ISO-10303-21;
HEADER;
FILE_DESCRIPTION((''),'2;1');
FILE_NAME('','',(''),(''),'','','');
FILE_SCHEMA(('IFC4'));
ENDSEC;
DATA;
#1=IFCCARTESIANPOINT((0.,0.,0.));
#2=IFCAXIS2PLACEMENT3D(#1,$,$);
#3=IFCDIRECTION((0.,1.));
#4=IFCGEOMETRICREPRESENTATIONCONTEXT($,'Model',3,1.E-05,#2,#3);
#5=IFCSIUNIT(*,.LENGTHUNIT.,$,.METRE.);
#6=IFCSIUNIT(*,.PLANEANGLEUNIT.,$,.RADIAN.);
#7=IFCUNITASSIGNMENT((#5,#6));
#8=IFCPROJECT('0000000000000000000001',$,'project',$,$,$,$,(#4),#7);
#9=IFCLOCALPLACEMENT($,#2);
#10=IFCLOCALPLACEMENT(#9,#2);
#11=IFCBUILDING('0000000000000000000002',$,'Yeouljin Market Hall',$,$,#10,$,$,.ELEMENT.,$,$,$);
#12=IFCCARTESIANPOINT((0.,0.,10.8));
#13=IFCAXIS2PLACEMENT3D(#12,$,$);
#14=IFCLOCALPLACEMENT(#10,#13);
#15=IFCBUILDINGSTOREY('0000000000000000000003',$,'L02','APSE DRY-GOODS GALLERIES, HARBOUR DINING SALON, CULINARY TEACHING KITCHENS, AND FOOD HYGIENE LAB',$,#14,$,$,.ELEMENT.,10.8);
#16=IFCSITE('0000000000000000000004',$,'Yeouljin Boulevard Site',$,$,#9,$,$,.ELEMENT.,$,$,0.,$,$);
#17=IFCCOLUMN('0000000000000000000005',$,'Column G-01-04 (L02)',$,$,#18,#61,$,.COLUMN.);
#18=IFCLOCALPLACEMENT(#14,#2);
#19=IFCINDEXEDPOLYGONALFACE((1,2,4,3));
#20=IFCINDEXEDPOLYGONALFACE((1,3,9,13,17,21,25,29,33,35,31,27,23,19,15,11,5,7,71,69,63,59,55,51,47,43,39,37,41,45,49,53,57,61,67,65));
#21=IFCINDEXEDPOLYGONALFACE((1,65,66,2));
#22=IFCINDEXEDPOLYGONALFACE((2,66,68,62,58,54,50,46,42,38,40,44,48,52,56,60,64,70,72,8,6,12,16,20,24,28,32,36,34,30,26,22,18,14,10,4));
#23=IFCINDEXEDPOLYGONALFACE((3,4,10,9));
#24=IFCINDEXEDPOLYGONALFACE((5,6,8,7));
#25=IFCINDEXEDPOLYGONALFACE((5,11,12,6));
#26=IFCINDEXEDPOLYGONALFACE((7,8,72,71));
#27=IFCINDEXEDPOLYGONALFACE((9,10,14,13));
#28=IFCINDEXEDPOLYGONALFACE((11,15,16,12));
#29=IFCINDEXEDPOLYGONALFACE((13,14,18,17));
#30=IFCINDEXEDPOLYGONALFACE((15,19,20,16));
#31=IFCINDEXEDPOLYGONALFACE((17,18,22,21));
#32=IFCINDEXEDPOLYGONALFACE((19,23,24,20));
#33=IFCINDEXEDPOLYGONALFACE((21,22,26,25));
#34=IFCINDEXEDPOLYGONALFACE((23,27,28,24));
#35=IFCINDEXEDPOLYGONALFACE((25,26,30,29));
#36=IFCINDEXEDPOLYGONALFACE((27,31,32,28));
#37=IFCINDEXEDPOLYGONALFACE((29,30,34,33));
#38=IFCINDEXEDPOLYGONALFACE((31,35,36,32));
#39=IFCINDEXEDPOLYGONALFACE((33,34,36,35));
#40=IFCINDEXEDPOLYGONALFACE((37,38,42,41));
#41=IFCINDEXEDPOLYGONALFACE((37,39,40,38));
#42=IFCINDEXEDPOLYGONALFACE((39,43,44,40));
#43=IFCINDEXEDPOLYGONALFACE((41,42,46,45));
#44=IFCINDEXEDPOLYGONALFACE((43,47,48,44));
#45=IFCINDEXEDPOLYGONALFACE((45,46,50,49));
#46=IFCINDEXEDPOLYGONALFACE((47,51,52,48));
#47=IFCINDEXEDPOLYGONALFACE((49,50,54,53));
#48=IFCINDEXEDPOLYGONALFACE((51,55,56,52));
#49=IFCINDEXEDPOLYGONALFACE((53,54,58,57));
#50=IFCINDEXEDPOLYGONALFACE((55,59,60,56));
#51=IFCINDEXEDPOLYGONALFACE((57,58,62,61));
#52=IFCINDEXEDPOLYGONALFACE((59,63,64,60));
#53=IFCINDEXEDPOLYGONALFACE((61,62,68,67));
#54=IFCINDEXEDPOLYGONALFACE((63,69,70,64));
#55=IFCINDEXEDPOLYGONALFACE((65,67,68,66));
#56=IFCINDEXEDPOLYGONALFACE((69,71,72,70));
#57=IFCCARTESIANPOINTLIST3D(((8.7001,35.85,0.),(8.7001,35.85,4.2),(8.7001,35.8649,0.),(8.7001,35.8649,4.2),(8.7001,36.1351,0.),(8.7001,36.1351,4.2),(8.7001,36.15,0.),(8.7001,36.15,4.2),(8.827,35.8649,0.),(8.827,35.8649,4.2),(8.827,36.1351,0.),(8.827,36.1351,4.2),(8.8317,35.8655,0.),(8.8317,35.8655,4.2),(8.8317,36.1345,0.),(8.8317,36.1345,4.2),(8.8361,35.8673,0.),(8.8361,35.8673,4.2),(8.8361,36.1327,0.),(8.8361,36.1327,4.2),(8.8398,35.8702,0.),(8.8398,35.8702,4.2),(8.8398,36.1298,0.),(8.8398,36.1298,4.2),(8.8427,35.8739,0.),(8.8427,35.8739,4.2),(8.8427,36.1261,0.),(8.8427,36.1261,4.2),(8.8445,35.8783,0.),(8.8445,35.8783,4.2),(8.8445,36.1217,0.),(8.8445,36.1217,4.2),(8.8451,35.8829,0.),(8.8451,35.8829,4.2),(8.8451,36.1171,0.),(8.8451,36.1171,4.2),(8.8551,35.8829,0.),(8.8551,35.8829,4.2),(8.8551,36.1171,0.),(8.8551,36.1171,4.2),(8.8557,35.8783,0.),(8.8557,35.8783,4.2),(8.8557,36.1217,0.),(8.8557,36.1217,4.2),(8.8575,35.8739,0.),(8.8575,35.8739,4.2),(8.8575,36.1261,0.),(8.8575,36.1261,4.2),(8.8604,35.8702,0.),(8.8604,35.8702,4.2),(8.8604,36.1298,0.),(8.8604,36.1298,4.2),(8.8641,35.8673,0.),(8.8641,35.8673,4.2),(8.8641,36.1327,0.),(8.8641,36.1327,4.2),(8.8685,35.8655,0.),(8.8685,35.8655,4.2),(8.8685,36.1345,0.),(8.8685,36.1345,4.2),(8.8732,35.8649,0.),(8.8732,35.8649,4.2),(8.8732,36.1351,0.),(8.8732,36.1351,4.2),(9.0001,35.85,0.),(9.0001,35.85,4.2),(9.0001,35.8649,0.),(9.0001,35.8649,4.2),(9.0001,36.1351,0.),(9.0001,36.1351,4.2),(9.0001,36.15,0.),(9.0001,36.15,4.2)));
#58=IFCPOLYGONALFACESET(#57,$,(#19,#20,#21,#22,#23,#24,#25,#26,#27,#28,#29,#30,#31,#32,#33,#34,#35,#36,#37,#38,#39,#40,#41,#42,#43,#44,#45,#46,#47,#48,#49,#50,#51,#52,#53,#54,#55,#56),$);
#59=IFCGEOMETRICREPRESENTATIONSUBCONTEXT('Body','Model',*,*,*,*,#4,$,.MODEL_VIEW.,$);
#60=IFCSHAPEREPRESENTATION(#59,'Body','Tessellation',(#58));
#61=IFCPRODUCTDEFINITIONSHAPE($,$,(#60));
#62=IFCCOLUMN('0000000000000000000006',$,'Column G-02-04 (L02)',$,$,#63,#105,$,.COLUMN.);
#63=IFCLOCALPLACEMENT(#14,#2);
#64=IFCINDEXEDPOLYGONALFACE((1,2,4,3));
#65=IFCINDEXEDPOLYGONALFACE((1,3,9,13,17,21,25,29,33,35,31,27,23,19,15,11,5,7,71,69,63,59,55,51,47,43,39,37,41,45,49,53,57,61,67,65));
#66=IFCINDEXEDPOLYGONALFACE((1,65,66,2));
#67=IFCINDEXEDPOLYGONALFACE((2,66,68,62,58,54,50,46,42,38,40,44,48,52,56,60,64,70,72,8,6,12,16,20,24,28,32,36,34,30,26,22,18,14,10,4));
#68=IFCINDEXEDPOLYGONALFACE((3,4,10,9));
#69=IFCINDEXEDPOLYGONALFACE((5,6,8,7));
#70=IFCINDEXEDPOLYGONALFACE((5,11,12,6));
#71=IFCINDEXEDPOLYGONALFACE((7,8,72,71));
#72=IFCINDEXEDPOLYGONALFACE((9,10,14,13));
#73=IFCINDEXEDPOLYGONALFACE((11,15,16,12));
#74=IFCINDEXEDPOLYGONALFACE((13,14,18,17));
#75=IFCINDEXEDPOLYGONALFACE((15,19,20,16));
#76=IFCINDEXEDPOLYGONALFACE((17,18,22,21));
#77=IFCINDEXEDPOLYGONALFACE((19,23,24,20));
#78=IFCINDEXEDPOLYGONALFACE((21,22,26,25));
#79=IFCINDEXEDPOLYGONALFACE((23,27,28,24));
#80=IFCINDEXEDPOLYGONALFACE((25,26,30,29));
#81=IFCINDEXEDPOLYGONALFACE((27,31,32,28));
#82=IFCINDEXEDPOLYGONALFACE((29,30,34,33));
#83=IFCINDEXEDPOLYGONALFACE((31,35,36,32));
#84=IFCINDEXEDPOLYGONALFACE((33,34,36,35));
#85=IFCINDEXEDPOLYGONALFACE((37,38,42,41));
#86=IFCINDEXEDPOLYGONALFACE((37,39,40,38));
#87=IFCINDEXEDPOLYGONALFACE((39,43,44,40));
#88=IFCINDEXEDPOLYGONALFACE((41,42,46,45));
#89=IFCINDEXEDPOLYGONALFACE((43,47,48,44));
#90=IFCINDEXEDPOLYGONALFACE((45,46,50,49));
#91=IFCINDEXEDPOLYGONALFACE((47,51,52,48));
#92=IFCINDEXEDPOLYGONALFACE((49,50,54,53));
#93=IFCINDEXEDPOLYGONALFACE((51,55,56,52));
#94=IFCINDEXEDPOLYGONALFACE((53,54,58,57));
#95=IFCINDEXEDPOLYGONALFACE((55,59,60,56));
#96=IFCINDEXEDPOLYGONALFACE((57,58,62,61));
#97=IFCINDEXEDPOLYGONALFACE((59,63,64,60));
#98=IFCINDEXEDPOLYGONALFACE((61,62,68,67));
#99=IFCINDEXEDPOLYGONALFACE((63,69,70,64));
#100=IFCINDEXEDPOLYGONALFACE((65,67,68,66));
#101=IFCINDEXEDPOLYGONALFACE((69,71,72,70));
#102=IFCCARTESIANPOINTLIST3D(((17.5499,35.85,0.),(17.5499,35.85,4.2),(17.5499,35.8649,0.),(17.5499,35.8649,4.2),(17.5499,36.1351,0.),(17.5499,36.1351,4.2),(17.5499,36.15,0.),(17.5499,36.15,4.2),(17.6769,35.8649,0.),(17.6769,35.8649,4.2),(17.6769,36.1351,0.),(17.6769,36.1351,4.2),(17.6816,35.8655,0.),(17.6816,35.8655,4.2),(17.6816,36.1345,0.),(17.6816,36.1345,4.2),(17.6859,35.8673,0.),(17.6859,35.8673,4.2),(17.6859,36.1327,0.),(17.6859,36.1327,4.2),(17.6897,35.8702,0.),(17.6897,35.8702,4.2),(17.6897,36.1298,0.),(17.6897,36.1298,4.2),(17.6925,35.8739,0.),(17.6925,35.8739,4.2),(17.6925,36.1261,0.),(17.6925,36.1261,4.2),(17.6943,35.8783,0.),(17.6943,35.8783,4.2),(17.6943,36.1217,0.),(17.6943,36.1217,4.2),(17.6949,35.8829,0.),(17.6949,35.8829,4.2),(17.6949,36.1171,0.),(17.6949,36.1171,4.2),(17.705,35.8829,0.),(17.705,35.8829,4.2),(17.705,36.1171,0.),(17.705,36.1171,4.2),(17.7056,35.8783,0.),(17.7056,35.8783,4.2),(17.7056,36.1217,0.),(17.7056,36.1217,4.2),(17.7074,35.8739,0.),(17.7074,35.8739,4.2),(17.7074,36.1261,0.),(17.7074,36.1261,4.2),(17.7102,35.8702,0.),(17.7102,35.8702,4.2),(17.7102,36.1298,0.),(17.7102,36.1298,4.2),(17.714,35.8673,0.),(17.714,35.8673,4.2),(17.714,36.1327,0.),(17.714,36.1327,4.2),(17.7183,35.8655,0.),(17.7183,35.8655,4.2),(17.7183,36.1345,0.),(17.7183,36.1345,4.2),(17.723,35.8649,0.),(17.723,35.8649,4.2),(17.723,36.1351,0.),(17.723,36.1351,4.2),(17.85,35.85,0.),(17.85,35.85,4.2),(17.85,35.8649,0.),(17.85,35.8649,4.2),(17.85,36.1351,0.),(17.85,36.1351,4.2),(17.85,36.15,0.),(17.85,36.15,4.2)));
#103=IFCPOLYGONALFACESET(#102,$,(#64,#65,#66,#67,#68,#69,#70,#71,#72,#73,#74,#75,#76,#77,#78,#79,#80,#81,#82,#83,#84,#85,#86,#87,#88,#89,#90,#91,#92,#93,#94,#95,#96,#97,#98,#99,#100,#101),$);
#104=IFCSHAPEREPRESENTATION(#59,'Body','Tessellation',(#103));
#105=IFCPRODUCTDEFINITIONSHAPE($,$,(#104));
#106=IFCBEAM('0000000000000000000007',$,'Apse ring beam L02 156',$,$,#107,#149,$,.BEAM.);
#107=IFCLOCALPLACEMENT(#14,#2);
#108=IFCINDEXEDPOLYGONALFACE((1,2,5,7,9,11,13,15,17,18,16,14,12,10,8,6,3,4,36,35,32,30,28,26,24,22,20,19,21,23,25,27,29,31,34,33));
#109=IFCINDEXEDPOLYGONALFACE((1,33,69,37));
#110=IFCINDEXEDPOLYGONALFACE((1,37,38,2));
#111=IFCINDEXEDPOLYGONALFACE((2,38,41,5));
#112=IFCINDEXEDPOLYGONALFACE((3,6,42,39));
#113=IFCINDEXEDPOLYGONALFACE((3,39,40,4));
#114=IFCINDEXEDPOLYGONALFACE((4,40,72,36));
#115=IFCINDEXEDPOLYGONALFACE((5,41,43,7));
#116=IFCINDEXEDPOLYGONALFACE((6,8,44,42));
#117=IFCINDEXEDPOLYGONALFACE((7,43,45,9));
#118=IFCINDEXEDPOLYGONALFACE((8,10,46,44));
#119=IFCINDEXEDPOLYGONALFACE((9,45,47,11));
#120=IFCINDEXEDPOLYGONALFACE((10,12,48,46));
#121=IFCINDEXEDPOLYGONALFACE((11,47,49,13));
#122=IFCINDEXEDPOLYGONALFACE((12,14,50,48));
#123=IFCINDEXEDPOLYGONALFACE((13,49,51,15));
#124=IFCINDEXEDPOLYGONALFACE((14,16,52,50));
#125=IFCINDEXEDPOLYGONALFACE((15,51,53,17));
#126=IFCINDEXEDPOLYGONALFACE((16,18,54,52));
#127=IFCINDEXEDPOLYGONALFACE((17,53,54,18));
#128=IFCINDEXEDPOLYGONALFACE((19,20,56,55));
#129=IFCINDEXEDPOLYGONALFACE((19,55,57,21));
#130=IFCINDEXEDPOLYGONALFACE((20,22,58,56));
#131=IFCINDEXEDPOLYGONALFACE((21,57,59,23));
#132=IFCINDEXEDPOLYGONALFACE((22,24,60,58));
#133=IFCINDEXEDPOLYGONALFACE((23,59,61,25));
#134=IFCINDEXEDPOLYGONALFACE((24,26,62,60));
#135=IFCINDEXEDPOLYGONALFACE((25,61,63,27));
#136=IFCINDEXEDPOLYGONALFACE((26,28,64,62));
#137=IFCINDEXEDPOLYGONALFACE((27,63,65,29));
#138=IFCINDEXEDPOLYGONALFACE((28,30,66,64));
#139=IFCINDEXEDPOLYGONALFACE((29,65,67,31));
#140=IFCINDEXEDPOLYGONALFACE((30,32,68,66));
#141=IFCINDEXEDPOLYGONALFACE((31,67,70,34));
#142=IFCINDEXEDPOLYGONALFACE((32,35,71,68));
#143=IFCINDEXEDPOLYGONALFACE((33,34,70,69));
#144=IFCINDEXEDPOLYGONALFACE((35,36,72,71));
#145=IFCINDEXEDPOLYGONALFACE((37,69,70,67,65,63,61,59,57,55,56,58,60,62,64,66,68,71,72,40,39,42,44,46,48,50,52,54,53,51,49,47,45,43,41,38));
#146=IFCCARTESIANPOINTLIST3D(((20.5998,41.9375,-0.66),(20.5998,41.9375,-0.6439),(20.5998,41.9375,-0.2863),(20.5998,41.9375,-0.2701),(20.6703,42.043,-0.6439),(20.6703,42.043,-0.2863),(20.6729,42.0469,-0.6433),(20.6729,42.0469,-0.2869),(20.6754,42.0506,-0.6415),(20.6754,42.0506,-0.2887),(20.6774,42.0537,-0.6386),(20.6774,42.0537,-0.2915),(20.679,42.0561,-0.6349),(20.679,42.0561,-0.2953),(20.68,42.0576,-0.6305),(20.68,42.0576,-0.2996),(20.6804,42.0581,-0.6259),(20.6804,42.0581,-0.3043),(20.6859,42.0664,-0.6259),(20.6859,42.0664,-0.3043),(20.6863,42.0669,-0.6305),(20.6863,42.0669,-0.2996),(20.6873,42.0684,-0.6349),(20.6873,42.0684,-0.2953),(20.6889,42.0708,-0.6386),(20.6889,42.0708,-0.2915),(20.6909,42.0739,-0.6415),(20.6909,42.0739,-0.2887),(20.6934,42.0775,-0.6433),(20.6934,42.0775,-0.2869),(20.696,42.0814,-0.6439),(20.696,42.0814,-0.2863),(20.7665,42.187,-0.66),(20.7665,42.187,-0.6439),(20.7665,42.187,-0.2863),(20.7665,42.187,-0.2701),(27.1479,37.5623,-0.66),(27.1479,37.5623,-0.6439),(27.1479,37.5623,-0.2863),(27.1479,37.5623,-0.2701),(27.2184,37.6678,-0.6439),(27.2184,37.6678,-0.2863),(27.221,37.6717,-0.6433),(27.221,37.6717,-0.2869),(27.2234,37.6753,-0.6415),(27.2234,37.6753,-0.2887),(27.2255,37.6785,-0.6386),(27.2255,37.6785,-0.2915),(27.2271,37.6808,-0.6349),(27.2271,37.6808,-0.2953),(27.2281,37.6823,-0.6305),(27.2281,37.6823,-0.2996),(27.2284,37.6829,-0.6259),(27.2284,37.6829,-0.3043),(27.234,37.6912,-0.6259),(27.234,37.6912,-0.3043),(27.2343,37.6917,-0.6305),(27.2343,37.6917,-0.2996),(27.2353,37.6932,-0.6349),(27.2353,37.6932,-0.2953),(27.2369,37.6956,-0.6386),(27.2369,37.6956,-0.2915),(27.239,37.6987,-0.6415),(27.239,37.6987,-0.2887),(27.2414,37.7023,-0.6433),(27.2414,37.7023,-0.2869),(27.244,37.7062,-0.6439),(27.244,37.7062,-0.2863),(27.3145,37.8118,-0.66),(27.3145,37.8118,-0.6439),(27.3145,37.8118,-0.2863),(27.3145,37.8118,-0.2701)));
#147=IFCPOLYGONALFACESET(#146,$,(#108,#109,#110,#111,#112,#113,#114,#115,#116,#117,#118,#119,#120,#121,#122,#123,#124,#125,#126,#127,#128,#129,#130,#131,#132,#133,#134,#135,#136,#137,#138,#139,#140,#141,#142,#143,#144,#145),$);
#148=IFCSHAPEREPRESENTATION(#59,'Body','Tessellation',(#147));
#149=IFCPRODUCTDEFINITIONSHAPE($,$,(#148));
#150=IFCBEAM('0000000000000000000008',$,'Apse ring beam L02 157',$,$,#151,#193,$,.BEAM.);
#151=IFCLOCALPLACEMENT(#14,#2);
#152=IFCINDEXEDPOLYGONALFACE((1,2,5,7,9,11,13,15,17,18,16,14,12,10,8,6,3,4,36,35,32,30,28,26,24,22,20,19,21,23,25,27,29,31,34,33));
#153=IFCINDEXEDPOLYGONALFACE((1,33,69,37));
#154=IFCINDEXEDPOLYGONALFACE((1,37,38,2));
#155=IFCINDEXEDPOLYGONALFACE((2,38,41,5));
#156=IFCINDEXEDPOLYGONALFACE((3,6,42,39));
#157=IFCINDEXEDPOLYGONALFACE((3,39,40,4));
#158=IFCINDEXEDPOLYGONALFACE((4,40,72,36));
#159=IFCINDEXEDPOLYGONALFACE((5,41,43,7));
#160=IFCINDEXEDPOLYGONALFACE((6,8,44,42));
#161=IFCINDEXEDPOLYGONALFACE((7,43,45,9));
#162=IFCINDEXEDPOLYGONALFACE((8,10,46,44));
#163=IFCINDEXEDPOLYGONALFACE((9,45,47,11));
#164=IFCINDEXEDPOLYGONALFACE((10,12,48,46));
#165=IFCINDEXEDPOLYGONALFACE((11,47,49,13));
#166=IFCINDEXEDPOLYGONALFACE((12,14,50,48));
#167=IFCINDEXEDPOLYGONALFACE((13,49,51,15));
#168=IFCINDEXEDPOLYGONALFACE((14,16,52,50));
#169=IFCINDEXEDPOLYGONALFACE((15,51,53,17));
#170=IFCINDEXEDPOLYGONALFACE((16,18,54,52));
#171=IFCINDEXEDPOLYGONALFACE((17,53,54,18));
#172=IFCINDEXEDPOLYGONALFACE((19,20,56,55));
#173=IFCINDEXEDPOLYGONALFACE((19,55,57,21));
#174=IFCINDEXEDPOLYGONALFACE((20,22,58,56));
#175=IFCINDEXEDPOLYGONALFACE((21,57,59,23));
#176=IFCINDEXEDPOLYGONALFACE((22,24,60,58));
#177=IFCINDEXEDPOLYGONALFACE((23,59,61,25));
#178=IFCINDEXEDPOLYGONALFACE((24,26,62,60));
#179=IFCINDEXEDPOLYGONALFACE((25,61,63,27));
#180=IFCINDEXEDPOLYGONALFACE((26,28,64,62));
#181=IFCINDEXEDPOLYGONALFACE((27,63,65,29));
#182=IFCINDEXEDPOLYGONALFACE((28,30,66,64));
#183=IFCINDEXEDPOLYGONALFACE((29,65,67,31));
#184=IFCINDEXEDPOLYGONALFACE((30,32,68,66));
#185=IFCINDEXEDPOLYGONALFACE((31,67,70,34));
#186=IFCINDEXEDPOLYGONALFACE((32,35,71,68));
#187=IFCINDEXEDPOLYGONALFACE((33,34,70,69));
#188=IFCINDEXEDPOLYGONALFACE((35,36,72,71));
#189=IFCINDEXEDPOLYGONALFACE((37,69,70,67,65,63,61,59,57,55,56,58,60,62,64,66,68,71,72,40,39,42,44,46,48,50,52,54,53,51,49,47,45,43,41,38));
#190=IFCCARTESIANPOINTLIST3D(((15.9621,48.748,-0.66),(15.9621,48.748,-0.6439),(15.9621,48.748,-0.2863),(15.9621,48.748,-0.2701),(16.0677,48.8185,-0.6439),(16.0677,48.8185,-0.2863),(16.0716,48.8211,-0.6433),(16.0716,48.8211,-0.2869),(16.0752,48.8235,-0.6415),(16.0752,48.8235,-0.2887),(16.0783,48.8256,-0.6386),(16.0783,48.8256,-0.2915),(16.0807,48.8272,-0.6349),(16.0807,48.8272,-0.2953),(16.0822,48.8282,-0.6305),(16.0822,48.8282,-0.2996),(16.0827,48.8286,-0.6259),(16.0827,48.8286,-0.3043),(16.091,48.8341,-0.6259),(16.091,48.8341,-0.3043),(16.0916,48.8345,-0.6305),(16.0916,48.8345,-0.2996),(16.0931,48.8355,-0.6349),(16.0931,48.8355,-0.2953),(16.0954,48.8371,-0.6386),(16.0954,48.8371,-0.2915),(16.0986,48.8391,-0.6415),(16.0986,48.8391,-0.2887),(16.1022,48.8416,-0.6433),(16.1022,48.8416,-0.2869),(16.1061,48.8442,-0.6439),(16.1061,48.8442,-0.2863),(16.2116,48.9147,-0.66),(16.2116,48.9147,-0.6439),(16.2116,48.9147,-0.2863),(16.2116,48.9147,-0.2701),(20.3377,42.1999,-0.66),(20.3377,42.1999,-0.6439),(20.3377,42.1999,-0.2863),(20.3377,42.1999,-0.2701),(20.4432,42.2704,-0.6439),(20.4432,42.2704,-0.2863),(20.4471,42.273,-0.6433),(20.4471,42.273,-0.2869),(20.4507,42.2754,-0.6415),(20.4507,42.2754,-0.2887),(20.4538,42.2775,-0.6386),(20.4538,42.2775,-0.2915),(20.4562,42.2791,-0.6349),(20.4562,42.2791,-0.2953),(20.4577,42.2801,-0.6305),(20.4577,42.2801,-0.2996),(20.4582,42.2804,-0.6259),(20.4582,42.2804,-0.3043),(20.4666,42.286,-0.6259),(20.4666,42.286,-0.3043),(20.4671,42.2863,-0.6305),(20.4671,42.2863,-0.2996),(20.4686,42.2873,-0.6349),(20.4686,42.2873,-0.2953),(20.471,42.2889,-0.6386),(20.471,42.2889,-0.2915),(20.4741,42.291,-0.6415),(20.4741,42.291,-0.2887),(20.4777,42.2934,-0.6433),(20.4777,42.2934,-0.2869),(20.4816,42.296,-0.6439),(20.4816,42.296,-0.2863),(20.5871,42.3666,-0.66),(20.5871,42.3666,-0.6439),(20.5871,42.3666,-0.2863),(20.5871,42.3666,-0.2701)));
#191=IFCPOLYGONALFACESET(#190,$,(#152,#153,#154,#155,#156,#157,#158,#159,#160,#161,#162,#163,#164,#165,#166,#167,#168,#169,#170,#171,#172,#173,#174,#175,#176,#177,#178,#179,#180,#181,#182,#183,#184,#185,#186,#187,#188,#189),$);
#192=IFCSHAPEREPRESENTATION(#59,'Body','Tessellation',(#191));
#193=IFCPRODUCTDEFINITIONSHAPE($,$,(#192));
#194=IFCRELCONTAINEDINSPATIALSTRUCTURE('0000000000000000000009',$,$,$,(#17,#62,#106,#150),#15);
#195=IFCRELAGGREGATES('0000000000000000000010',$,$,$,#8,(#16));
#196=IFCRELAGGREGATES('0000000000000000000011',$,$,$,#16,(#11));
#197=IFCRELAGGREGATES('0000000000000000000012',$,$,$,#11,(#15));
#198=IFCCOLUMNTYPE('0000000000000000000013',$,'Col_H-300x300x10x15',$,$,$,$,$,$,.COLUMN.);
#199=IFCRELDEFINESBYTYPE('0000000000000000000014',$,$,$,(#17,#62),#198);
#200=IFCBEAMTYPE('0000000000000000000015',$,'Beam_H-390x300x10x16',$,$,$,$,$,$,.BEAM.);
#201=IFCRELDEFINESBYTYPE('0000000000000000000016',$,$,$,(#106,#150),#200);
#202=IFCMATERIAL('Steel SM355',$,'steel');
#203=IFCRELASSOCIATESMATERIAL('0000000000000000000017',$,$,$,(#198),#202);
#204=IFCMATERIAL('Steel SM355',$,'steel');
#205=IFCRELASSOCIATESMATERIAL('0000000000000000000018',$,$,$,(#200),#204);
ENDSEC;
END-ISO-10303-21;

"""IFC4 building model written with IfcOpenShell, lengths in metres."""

from ifc_helpers import new_model, si_unit, direction, frame, origin, origin_2d, place, context, subcontext, project, spatial, i_section, extrude, material, material_profile, profile_set, type_object, element, save


model = new_model("IFC4")

# Units and contexts
model_context = context("Model", 3, precision=1e-05, world=origin(), true_north=direction((0.0, 1.0)))
body_context = subcontext(model_context, "Body", "Model", "MODEL_VIEW")
ifc_project = project(units=[si_unit("LENGTHUNIT", "METRE"), si_unit("PLANEANGLEUNIT", "RADIAN")], contexts=[model_context])

# Site, building, storey
site_placement = place(None, origin())
site = spatial("IfcSite", under=ifc_project, at=site_placement, Name="Yeouljin Boulevard Site", CompositionType="ELEMENT", RefElevation=0.0)
building_placement = place(site_placement, origin())
building = spatial("IfcBuilding", under=site, at=building_placement, Name="Yeouljin Market Hall", CompositionType="ELEMENT")
storey_placement = place(building_placement, frame((0.0, 0.0, 10.8)))
storey = spatial("IfcBuildingStorey", under=building, at=storey_placement, Name="L02", Description="APSE DRY-GOODS GALLERIES, HARBOUR DINING SALON, CULINARY TEACHING KITCHENS, AND FOOD HYGIENE LAB", CompositionType="ELEMENT", Elevation=10.8)

# Columns
ifc_material_1 = material(Name="Steel SM355", Category="steel")
ifc_material_profile_1 = material_profile(ifc_material_1, i_section(OverallWidth=0.3, OverallDepth=0.3, WebThickness=0.01, FlangeThickness=0.0149, FilletRadius=0.0181, at=origin_2d()), Name="H-300x300x10x15")
ifc_profile_set_1 = profile_set([ifc_material_profile_1], Name="Steel SM355")
column_type = type_object("IfcColumnType", Name="Col_H-300x300x10x15", PredefinedType="COLUMN", material=ifc_profile_set_1)
for number, where, z_axis, x_axis, name in (
    (1, (8.8501, 36.0, 0.0), (0.0, 0.0, 1.0), (1.0, 0.0, 0.0), "Column G-01-04 (L02)"),
    (2, (17.7, 36.0, 0.0), (0.0, 0.0, 1.0), (1.0, 0.0, 0.0), "Column G-02-04 (L02)"),
):
    element("IfcColumn", number, at=place(storey_placement, frame(where, z_axis=z_axis, x_axis=x_axis)), inside=storey, type_object=column_type, Name=name, PredefinedType="COLUMN", context=body_context, shape_type="SweptSolid", body=[
        extrude(i_section(OverallWidth=0.3, OverallDepth=0.3, WebThickness=0.01, FlangeThickness=0.0149, FilletRadius=0.0181, at=origin_2d()), origin(), (0.0, 0.0, 1.0), 4.2),
    ])

# Beams
ifc_material_2 = material(Name="Steel SM355", Category="steel")
ifc_material_profile_2 = material_profile(ifc_material_2, i_section(OverallWidth=0.3, OverallDepth=0.3899, WebThickness=0.01, FlangeThickness=0.0161, FilletRadius=0.0181, at=origin_2d()), Name="H-390x300x10x16")
ifc_profile_set_2 = profile_set([ifc_material_profile_2], Name="Steel SM355")
beam_type_1 = type_object("IfcBeamType", Name="Beam_H-390x300x10x16", PredefinedType="BEAM", material=ifc_profile_set_2)
beam_1_placement = place(storey_placement, frame((27.2312, 37.687, -0.4651), z_axis=(-0.831473, 0.555566, 0.0), x_axis=(-0.555566, -0.831473, 0.0)))
element("IfcBeam", 3, at=beam_1_placement, inside=storey, type_object=beam_type_1, Name="Apse ring beam L02 156", PredefinedType="BEAM", context=body_context, shape_type="SweptSolid", body=[
    extrude(i_section(OverallWidth=0.3, OverallDepth=0.3899, WebThickness=0.01, FlangeThickness=0.0161, FilletRadius=0.0181, at=origin_2d()), origin(), (0.0, 0.0, 1.0), 7.8752),
])
beam_2_placement = place(storey_placement, frame((20.4624, 42.2832, -0.4651), z_axis=(-0.555587, 0.831458, 0.0), x_axis=(-0.831458, -0.555587, 0.0)))
element("IfcBeam", 4, at=beam_2_placement, inside=storey, type_object=beam_type_1, Name="Apse ring beam L02 157", PredefinedType="BEAM", context=body_context, shape_type="SweptSolid", body=[
    extrude(i_section(OverallWidth=0.3, OverallDepth=0.3899, WebThickness=0.01, FlangeThickness=0.0161, FilletRadius=0.0181, at=origin_2d()), origin(), (0.0, 0.0, 1.0), 7.8755),
])

save(model, "model.ifc")
